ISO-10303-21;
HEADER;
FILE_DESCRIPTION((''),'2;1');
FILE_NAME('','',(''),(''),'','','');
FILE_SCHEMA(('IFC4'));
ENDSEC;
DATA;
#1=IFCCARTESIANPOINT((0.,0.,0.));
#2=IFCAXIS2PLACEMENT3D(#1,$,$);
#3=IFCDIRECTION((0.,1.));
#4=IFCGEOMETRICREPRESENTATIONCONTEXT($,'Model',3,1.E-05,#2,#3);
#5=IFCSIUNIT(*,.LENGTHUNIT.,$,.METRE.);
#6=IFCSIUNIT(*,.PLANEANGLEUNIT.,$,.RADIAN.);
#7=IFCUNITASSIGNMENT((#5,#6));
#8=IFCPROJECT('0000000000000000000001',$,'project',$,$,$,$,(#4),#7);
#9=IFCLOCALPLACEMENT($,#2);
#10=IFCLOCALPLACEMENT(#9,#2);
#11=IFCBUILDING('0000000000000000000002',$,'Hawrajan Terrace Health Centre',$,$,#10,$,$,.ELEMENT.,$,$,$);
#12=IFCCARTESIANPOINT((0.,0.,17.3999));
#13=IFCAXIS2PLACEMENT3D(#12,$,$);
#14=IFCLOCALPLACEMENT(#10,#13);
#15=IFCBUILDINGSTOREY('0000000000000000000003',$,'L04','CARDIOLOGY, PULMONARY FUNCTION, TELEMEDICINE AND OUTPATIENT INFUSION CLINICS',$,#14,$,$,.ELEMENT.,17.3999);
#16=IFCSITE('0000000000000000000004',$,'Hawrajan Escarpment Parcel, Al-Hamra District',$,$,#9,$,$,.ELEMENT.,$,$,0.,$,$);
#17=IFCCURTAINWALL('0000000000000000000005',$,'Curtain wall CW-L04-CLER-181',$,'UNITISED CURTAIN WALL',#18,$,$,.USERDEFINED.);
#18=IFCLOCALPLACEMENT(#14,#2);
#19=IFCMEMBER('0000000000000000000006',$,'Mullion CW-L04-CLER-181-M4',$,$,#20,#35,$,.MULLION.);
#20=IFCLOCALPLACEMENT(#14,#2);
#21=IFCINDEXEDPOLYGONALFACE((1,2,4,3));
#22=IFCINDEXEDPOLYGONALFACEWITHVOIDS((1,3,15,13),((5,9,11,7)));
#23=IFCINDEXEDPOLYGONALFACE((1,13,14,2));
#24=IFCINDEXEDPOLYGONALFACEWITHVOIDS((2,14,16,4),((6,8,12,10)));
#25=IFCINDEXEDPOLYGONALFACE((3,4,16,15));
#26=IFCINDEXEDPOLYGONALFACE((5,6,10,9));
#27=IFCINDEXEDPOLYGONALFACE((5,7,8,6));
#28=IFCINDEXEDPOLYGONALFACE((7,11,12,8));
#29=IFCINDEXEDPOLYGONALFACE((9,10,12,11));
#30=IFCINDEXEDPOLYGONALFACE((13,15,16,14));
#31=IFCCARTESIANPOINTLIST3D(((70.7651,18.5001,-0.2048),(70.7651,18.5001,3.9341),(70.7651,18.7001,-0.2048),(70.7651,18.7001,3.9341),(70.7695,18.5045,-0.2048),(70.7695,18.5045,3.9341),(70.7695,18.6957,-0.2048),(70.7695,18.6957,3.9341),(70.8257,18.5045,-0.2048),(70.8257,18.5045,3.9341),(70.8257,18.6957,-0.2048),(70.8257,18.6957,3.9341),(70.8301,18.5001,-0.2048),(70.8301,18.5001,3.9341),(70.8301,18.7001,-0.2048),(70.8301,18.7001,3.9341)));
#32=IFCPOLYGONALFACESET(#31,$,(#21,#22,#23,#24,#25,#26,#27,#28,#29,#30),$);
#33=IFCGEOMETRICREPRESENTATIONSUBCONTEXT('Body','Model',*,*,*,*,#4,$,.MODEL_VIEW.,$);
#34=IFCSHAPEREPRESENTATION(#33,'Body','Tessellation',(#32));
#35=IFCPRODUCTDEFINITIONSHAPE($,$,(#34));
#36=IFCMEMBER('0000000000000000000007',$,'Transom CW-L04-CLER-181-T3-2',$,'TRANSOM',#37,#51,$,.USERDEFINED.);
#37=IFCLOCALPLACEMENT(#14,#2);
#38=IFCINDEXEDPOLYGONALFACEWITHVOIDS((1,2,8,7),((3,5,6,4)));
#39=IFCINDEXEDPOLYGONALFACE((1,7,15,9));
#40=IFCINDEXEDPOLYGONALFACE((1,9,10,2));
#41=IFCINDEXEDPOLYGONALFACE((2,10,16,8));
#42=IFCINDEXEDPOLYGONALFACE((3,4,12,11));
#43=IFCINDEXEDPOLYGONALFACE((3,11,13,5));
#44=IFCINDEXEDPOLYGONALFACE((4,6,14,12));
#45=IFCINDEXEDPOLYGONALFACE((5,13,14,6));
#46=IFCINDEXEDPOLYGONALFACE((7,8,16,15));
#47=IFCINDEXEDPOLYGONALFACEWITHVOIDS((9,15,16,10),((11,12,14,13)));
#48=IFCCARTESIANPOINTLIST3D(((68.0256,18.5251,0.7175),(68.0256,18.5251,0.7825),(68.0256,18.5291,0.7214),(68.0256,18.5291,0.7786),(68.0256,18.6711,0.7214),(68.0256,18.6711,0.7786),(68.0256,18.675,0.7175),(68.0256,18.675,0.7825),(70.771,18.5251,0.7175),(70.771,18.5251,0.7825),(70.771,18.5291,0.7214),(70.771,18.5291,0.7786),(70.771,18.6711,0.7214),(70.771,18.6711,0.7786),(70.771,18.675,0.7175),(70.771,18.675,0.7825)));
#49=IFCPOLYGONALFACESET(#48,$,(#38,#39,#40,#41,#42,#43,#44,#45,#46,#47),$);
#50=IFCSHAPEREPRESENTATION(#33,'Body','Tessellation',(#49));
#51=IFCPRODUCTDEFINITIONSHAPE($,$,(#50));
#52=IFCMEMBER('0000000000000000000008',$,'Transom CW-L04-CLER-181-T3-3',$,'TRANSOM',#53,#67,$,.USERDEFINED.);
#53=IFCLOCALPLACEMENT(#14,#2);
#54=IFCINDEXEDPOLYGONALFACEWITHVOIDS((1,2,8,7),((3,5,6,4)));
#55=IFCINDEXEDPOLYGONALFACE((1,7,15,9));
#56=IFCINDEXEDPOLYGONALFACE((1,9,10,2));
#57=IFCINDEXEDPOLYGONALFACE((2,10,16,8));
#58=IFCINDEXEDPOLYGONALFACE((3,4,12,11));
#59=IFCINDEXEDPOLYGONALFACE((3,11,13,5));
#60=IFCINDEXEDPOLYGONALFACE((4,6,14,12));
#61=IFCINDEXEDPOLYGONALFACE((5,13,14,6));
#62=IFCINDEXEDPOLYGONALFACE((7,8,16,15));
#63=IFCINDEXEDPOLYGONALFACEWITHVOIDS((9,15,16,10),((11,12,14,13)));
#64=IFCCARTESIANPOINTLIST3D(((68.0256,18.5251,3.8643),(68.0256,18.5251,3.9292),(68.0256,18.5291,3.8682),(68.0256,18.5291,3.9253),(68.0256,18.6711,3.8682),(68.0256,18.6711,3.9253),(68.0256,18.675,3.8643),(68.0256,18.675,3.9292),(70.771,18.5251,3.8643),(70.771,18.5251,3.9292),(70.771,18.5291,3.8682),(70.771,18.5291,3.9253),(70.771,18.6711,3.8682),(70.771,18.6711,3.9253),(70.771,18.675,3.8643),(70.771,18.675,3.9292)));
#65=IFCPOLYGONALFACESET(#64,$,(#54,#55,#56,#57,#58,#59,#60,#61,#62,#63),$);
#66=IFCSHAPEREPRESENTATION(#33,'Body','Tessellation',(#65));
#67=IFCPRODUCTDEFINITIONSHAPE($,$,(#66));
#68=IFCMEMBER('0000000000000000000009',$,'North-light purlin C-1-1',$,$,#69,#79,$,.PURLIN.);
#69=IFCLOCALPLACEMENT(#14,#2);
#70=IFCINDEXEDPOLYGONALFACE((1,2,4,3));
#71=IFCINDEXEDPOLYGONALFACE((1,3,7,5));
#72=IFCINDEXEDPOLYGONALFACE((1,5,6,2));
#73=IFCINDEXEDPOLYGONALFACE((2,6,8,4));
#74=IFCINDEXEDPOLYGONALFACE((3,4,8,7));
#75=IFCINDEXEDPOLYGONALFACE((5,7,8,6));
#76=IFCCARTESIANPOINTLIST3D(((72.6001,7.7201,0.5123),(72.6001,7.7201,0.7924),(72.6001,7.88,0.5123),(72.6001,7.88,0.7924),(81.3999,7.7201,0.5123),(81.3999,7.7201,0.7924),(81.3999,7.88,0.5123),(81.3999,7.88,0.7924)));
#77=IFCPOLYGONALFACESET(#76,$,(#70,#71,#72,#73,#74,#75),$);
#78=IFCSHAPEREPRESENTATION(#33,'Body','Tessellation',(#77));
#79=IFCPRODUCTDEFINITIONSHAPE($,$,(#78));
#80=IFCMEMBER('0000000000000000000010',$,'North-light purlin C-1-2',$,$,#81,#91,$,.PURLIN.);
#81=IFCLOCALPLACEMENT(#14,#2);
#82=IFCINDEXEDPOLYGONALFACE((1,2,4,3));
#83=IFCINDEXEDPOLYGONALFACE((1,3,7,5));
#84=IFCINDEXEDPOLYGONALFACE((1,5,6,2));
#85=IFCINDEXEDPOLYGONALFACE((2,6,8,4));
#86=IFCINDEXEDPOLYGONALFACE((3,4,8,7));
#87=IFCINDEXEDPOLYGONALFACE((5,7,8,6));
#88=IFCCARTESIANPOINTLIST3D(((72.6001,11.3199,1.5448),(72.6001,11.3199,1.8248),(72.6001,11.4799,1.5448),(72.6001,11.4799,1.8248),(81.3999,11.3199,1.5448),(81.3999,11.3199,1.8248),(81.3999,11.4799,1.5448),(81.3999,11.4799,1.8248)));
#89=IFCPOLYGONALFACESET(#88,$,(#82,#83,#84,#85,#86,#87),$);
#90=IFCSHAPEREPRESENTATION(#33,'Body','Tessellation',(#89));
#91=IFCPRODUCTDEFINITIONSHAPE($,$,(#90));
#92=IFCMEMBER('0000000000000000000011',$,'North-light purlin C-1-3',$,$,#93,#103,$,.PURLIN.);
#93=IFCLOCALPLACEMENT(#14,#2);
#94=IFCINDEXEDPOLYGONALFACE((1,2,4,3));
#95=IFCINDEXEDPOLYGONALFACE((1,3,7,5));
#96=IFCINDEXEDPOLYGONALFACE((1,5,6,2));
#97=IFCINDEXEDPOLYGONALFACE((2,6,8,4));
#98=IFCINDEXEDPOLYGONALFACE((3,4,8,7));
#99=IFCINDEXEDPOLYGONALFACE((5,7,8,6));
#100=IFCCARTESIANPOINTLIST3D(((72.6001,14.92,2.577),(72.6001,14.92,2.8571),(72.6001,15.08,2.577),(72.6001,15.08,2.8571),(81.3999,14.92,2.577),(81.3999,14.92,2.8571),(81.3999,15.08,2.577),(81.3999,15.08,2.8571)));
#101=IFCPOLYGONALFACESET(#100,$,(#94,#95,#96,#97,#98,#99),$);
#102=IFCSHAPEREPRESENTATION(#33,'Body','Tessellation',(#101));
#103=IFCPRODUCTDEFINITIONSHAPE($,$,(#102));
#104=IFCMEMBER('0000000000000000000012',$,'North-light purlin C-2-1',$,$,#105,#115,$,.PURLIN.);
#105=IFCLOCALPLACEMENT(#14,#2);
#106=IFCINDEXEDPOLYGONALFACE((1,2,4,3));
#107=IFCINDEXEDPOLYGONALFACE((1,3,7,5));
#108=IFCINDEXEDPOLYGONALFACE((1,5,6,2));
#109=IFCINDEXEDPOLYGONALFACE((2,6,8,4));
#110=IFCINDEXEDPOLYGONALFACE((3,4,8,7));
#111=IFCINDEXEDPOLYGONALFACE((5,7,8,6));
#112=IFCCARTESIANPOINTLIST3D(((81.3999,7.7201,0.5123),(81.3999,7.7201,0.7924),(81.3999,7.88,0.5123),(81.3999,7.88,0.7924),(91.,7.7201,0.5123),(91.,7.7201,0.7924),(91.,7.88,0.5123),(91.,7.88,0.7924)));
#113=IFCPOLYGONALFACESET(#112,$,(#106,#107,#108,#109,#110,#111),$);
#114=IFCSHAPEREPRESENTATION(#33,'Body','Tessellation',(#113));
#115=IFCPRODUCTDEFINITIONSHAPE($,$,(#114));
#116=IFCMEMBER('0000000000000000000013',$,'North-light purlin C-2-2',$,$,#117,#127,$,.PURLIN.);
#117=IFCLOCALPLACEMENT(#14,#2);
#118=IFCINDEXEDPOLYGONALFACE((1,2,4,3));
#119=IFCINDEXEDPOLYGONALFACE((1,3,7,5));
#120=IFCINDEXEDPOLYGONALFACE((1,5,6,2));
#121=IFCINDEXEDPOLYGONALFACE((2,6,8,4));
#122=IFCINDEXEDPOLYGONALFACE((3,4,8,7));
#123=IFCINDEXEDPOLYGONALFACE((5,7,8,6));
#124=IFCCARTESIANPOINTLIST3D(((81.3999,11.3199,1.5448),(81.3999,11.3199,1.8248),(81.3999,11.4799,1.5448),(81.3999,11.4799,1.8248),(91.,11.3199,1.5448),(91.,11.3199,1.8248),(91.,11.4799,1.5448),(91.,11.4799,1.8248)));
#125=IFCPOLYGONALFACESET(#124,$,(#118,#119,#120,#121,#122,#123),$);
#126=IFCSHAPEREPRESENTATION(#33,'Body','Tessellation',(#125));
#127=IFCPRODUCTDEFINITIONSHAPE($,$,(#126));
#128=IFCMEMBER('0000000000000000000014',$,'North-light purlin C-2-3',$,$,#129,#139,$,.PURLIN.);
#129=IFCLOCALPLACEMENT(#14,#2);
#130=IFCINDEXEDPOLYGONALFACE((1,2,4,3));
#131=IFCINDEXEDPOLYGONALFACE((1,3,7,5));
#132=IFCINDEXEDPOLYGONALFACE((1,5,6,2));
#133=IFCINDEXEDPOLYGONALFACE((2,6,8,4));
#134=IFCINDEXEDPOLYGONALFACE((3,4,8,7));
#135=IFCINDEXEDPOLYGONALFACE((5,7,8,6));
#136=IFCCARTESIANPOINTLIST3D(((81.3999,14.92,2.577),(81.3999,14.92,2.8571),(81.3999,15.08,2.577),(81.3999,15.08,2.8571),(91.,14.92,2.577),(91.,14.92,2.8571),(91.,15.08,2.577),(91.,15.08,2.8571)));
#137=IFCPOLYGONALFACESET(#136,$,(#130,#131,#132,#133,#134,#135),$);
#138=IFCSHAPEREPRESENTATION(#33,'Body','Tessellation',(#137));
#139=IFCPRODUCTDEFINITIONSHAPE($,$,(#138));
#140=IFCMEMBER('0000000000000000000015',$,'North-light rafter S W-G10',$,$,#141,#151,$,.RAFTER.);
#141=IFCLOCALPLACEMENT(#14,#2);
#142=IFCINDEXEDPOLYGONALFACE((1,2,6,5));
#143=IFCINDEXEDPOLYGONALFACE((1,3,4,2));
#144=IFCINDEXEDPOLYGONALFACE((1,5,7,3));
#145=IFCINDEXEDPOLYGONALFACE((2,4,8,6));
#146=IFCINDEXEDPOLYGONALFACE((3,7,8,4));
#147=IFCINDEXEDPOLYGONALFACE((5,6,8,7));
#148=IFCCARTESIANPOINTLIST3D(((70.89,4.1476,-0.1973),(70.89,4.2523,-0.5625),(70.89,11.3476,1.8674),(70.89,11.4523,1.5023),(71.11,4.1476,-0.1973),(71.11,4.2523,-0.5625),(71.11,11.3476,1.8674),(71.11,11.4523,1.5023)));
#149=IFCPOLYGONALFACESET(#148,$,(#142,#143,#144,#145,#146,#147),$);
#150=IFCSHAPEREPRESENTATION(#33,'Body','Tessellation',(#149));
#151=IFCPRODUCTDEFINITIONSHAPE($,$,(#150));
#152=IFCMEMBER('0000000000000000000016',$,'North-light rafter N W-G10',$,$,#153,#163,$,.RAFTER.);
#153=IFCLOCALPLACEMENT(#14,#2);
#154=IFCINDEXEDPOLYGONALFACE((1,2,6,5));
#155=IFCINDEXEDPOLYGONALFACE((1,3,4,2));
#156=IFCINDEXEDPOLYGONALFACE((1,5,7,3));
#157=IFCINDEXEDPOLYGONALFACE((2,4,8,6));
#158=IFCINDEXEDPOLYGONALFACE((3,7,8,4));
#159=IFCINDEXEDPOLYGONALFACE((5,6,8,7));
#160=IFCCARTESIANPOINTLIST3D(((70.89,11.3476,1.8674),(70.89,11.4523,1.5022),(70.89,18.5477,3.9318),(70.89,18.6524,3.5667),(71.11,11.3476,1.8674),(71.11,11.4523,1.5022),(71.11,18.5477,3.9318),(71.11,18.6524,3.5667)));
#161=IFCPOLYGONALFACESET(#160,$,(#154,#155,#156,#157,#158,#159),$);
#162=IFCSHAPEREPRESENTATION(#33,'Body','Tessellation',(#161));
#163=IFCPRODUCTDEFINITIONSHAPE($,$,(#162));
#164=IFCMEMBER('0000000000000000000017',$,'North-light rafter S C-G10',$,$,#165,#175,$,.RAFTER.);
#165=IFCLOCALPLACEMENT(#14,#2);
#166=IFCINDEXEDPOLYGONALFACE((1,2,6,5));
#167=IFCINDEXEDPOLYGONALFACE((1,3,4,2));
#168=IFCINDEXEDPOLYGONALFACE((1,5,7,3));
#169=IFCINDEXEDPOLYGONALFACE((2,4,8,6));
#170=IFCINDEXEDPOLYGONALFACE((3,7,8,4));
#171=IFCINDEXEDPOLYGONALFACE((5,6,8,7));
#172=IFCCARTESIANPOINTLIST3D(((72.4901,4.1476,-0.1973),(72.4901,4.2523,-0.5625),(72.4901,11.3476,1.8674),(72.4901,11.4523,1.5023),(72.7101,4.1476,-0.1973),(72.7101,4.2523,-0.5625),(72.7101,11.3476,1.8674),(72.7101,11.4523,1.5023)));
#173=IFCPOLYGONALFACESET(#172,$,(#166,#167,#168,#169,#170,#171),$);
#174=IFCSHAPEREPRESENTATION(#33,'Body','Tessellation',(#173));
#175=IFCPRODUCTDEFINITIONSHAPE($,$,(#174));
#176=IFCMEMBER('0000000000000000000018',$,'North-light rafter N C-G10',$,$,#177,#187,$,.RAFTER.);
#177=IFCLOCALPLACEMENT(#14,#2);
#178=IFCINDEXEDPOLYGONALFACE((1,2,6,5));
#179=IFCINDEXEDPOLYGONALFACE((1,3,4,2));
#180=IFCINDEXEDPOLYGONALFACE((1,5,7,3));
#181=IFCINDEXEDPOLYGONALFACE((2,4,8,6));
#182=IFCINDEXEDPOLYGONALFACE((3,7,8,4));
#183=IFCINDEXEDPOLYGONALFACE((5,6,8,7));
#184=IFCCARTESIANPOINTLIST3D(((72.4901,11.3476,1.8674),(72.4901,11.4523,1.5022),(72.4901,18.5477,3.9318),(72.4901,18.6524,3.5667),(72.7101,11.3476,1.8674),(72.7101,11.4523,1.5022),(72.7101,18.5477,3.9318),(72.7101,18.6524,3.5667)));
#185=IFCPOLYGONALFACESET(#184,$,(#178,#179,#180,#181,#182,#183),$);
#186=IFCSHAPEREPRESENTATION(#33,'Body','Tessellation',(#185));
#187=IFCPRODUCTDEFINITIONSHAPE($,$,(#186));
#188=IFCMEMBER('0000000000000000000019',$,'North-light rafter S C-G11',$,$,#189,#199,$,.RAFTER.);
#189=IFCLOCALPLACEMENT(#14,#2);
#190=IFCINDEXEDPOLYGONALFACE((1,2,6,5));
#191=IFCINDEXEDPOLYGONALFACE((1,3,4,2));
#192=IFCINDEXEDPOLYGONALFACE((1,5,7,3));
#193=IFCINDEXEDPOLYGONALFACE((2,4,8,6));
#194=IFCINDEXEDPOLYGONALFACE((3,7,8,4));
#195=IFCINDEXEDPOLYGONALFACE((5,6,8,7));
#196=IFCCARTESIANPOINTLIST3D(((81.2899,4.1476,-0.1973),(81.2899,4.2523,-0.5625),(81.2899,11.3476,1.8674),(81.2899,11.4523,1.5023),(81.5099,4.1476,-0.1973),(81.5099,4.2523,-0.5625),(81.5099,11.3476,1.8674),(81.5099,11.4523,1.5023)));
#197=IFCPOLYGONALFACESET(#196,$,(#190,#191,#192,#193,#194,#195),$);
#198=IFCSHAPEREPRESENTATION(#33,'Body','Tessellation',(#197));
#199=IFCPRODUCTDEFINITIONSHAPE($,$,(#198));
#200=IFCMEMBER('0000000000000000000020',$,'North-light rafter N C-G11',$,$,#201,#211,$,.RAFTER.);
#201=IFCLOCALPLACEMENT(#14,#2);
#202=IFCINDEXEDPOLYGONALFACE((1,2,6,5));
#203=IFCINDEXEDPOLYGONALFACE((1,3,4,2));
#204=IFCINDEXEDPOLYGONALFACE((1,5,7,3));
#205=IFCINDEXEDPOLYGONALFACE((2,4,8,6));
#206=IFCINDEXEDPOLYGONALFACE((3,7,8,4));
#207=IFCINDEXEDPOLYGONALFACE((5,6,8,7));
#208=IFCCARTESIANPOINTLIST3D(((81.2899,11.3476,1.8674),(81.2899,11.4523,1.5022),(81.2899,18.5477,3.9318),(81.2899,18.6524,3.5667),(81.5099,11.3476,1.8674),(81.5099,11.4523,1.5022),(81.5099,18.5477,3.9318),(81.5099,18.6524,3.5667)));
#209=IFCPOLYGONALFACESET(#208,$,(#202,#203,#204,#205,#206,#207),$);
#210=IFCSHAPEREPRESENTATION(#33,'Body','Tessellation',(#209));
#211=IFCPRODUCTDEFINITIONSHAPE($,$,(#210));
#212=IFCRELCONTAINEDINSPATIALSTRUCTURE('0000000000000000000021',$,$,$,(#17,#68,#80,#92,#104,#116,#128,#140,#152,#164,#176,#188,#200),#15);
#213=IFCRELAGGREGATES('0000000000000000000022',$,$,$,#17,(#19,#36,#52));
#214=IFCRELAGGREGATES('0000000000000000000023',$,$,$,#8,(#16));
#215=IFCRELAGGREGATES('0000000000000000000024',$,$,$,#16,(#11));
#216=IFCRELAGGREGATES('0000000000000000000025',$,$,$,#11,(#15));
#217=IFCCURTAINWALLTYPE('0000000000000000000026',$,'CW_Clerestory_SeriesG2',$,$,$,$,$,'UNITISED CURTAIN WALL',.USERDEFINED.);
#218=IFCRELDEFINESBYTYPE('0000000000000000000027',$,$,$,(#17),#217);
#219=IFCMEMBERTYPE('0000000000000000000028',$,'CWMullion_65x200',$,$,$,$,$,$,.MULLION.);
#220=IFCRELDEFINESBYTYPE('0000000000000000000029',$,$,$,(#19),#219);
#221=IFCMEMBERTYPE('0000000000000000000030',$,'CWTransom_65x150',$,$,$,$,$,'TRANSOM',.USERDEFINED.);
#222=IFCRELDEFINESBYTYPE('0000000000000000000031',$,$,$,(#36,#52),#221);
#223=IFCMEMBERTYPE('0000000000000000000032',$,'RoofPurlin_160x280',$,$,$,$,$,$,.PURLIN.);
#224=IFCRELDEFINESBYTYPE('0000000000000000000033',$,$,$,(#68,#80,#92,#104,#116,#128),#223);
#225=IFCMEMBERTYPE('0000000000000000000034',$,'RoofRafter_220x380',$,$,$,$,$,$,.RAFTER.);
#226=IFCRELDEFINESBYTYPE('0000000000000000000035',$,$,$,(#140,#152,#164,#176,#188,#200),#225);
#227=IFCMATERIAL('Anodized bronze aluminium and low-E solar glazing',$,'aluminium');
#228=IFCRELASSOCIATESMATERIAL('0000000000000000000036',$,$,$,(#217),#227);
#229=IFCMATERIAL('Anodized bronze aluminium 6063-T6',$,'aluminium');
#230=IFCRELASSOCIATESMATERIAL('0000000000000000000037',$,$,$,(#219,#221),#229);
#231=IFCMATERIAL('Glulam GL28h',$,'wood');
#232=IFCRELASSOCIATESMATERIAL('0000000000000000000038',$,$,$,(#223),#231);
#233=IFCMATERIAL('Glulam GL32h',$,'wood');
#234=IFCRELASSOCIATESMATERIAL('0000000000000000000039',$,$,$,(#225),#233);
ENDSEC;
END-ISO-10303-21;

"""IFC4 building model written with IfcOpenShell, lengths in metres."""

from ifc_helpers import new_model, si_unit, direction, frame, origin, origin_2d, place, context, subcontext, project, spatial, rectangle, hollow_rectangle, extrude, material, material_profile, profile_set, type_object, element, aggregate, save


model = new_model("IFC4")

# Units and contexts
model_context = context("Model", 3, precision=1e-05, world=origin(), true_north=direction((0.0, 1.0)))
body_context = subcontext(model_context, "Body", "Model", "MODEL_VIEW")
ifc_project = project(units=[si_unit("LENGTHUNIT", "METRE"), si_unit("PLANEANGLEUNIT", "RADIAN")], contexts=[model_context])

# Site, building, storey
site_placement = place(None, origin())
site = spatial("IfcSite", under=ifc_project, at=site_placement, Name="Hawrajan Escarpment Parcel, Al-Hamra District", CompositionType="ELEMENT", RefElevation=0.0)
building_placement = place(site_placement, origin())
building = spatial("IfcBuilding", under=site, at=building_placement, Name="Hawrajan Terrace Health Centre", CompositionType="ELEMENT")
storey_placement = place(building_placement, frame((0.0, 0.0, 17.3999)))
storey = spatial("IfcBuildingStorey", under=building, at=storey_placement, Name="L04", Description="CARDIOLOGY, PULMONARY FUNCTION, TELEMEDICINE AND OUTPATIENT INFUSION CLINICS", CompositionType="ELEMENT", Elevation=17.3999)

# Curtain wall, members
ifc_material_1 = material(Name="Anodized bronze aluminium and low-E solar glazing", Category="aluminium")
curtain_wall_type = type_object("IfcCurtainWallType", Name="CW_Clerestory_SeriesG2", ElementType="UNITISED CURTAIN WALL", PredefinedType="USERDEFINED", material=ifc_material_1)
curtain_wall_placement = place(storey_placement, origin())
curtain_wall = element("IfcCurtainWall", 1, at=curtain_wall_placement, inside=storey, type_object=curtain_wall_type, Name="Curtain wall CW-L04-CLER-181", ObjectType="UNITISED CURTAIN WALL", PredefinedType="USERDEFINED")
ifc_material_2 = material(Name="Anodized bronze aluminium 6063-T6", Category="aluminium")
ifc_material_profile_1 = material_profile(ifc_material_2, hollow_rectangle(XDim=0.0649, YDim=0.2, WallThickness=0.0044, at=origin_2d()), Name="CW MUL 65x200")
ifc_profile_set_1 = profile_set([ifc_material_profile_1], Name="Anodized bronze aluminium 6063-T6")
member_type_1 = type_object("IfcMemberType", Name="CWMullion_65x200", PredefinedType="MULLION", material=ifc_profile_set_1)
member_1_placement = place(storey_placement, frame((70.7976, 18.6001, -0.2048), z_axis=(0.0, 0.0, 1.0), x_axis=(1.0, 0.0, 0.0)))
member_1 = element("IfcMember", 2, at=member_1_placement, type_object=member_type_1, Name="Mullion CW-L04-CLER-181-M4", PredefinedType="MULLION", context=body_context, shape_type="SweptSolid", body=[
    extrude(hollow_rectangle(XDim=0.0649, YDim=0.2, WallThickness=0.0044, at=origin_2d()), origin(), (0.0, 0.0, 1.0), 4.1389),
])
ifc_material_profile_2 = material_profile(ifc_material_2, hollow_rectangle(XDim=0.0649, YDim=0.1499, WallThickness=0.0039, at=origin_2d()), Name="CW TRN 65x150")
ifc_profile_set_2 = profile_set([ifc_material_profile_2], Name="Anodized bronze aluminium 6063-T6")
member_type_2 = type_object("IfcMemberType", Name="CWTransom_65x150", ElementType="TRANSOM", PredefinedType="USERDEFINED", material=ifc_profile_set_2)
member_2_placement = place(storey_placement, frame((68.0256, 18.6001, 0.75), z_axis=(1.0, 0.0, 0.0), x_axis=(0.0, 0.0, 1.0)))
member_2 = element("IfcMember", 3, at=member_2_placement, type_object=member_type_2, Name="Transom CW-L04-CLER-181-T3-2", ObjectType="TRANSOM", PredefinedType="USERDEFINED", context=body_context, shape_type="SweptSolid", body=[
    extrude(hollow_rectangle(XDim=0.0649, YDim=0.1499, WallThickness=0.0039, at=origin_2d()), origin(), (0.0, 0.0, 1.0), 2.7454),
])
member_3_placement = place(storey_placement, frame((68.0256, 18.6001, 3.8967), z_axis=(1.0, 0.0, 0.0), x_axis=(0.0, 0.0, 1.0)))
member_3 = element("IfcMember", 4, at=member_3_placement, type_object=member_type_2, Name="Transom CW-L04-CLER-181-T3-3", ObjectType="TRANSOM", PredefinedType="USERDEFINED", context=body_context, shape_type="SweptSolid", body=[
    extrude(hollow_rectangle(XDim=0.0649, YDim=0.1499, WallThickness=0.0039, at=origin_2d()), origin(), (0.0, 0.0, 1.0), 2.7454),
])

# Members
ifc_material_3 = material(Name="Glulam GL28h", Category="wood")
ifc_material_profile_3 = material_profile(ifc_material_3, rectangle(XDim=0.1599, YDim=0.28, at=origin_2d()), Name="GL PUR 160x280")
ifc_profile_set_3 = profile_set([ifc_material_profile_3], Name="Glulam GL28h")
member_type_3 = type_object("IfcMemberType", Name="RoofPurlin_160x280", PredefinedType="PURLIN", material=ifc_profile_set_3)
for number, where, z_axis, x_axis, name in (
    (5, (72.6001, 7.8, 0.6523), (1.0, 0.0, 0.0), (0.0, 1.0, 0.0), "North-light purlin C-1-1"),
    (6, (72.6001, 11.3999, 1.6848), (1.0, 0.0, 0.0), (0.0, 1.0, 0.0), "North-light purlin C-1-2"),
    (7, (72.6001, 15.0, 2.717), (1.0, 0.0, 0.0), (0.0, 1.0, 0.0), "North-light purlin C-1-3"),
):
    element("IfcMember", number, at=place(storey_placement, frame(where, z_axis=z_axis, x_axis=x_axis)), inside=storey, type_object=member_type_3, Name=name, PredefinedType="PURLIN", context=body_context, shape_type="SweptSolid", body=[
        extrude(rectangle(XDim=0.1599, YDim=0.28, at=origin_2d()), origin(), (0.0, 0.0, 1.0), 8.7998),
    ])
for number, where, z_axis, x_axis, name in (
    (8, (81.3999, 7.8, 0.6523), (1.0, 0.0, 0.0), (0.0, 1.0, 0.0), "North-light purlin C-2-1"),
    (9, (81.3999, 11.3999, 1.6848), (1.0, 0.0, 0.0), (0.0, 1.0, 0.0), "North-light purlin C-2-2"),
    (10, (81.3999, 15.0, 2.717), (1.0, 0.0, 0.0), (0.0, 1.0, 0.0), "North-light purlin C-2-3"),
):
    element("IfcMember", number, at=place(storey_placement, frame(where, z_axis=z_axis, x_axis=x_axis)), inside=storey, type_object=member_type_3, Name=name, PredefinedType="PURLIN", context=body_context, shape_type="SweptSolid", body=[
        extrude(rectangle(XDim=0.1599, YDim=0.28, at=origin_2d()), origin(), (0.0, 0.0, 1.0), 9.6001),
    ])
ifc_material_4 = material(Name="Glulam GL32h", Category="wood")
ifc_material_profile_4 = material_profile(ifc_material_4, rectangle(XDim=0.22, YDim=0.3799, at=origin_2d()), Name="GL CHD 220x380")
ifc_profile_set_4 = profile_set([ifc_material_profile_4], Name="Glulam GL32h")
member_type_4 = type_object("IfcMemberType", Name="RoofRafter_220x380", PredefinedType="RAFTER", material=ifc_profile_set_4)
for number, where, z_axis, x_axis, name in (
    (11, (71.0, 4.2, -0.3799), (0.0, 0.961257, 0.275655), (-1.0, 0.0, 0.0), "North-light rafter S W-G10"),
    (12, (71.0, 11.3999, 1.6848), (0.0, 0.961268, 0.275616), (-1.0, 0.0, 0.0), "North-light rafter N W-G10"),
    (13, (72.6001, 4.2, -0.3799), (0.0, 0.961257, 0.275655), (-1.0, 0.0, 0.0), "North-light rafter S C-G10"),
    (14, (72.6001, 11.3999, 1.6848), (0.0, 0.961268, 0.275616), (-1.0, 0.0, 0.0), "North-light rafter N C-G10"),
    (15, (81.3999, 4.2, -0.3799), (0.0, 0.961257, 0.275655), (-1.0, 0.0, 0.0), "North-light rafter S C-G11"),
    (16, (81.3999, 11.3999, 1.6848), (0.0, 0.961268, 0.275616), (-1.0, 0.0, 0.0), "North-light rafter N C-G11"),
):
    element("IfcMember", number, at=place(storey_placement, frame(where, z_axis=z_axis, x_axis=x_axis)), inside=storey, type_object=member_type_4, Name=name, PredefinedType="RAFTER", context=body_context, shape_type="SweptSolid", body=[
        extrude(rectangle(XDim=0.22, YDim=0.3799, at=origin_2d()), origin(), (0.0, 0.0, 1.0), 7.4902),
    ])

aggregate(curtain_wall, [member_1, member_2, member_3])

save(model, "model.ifc")
